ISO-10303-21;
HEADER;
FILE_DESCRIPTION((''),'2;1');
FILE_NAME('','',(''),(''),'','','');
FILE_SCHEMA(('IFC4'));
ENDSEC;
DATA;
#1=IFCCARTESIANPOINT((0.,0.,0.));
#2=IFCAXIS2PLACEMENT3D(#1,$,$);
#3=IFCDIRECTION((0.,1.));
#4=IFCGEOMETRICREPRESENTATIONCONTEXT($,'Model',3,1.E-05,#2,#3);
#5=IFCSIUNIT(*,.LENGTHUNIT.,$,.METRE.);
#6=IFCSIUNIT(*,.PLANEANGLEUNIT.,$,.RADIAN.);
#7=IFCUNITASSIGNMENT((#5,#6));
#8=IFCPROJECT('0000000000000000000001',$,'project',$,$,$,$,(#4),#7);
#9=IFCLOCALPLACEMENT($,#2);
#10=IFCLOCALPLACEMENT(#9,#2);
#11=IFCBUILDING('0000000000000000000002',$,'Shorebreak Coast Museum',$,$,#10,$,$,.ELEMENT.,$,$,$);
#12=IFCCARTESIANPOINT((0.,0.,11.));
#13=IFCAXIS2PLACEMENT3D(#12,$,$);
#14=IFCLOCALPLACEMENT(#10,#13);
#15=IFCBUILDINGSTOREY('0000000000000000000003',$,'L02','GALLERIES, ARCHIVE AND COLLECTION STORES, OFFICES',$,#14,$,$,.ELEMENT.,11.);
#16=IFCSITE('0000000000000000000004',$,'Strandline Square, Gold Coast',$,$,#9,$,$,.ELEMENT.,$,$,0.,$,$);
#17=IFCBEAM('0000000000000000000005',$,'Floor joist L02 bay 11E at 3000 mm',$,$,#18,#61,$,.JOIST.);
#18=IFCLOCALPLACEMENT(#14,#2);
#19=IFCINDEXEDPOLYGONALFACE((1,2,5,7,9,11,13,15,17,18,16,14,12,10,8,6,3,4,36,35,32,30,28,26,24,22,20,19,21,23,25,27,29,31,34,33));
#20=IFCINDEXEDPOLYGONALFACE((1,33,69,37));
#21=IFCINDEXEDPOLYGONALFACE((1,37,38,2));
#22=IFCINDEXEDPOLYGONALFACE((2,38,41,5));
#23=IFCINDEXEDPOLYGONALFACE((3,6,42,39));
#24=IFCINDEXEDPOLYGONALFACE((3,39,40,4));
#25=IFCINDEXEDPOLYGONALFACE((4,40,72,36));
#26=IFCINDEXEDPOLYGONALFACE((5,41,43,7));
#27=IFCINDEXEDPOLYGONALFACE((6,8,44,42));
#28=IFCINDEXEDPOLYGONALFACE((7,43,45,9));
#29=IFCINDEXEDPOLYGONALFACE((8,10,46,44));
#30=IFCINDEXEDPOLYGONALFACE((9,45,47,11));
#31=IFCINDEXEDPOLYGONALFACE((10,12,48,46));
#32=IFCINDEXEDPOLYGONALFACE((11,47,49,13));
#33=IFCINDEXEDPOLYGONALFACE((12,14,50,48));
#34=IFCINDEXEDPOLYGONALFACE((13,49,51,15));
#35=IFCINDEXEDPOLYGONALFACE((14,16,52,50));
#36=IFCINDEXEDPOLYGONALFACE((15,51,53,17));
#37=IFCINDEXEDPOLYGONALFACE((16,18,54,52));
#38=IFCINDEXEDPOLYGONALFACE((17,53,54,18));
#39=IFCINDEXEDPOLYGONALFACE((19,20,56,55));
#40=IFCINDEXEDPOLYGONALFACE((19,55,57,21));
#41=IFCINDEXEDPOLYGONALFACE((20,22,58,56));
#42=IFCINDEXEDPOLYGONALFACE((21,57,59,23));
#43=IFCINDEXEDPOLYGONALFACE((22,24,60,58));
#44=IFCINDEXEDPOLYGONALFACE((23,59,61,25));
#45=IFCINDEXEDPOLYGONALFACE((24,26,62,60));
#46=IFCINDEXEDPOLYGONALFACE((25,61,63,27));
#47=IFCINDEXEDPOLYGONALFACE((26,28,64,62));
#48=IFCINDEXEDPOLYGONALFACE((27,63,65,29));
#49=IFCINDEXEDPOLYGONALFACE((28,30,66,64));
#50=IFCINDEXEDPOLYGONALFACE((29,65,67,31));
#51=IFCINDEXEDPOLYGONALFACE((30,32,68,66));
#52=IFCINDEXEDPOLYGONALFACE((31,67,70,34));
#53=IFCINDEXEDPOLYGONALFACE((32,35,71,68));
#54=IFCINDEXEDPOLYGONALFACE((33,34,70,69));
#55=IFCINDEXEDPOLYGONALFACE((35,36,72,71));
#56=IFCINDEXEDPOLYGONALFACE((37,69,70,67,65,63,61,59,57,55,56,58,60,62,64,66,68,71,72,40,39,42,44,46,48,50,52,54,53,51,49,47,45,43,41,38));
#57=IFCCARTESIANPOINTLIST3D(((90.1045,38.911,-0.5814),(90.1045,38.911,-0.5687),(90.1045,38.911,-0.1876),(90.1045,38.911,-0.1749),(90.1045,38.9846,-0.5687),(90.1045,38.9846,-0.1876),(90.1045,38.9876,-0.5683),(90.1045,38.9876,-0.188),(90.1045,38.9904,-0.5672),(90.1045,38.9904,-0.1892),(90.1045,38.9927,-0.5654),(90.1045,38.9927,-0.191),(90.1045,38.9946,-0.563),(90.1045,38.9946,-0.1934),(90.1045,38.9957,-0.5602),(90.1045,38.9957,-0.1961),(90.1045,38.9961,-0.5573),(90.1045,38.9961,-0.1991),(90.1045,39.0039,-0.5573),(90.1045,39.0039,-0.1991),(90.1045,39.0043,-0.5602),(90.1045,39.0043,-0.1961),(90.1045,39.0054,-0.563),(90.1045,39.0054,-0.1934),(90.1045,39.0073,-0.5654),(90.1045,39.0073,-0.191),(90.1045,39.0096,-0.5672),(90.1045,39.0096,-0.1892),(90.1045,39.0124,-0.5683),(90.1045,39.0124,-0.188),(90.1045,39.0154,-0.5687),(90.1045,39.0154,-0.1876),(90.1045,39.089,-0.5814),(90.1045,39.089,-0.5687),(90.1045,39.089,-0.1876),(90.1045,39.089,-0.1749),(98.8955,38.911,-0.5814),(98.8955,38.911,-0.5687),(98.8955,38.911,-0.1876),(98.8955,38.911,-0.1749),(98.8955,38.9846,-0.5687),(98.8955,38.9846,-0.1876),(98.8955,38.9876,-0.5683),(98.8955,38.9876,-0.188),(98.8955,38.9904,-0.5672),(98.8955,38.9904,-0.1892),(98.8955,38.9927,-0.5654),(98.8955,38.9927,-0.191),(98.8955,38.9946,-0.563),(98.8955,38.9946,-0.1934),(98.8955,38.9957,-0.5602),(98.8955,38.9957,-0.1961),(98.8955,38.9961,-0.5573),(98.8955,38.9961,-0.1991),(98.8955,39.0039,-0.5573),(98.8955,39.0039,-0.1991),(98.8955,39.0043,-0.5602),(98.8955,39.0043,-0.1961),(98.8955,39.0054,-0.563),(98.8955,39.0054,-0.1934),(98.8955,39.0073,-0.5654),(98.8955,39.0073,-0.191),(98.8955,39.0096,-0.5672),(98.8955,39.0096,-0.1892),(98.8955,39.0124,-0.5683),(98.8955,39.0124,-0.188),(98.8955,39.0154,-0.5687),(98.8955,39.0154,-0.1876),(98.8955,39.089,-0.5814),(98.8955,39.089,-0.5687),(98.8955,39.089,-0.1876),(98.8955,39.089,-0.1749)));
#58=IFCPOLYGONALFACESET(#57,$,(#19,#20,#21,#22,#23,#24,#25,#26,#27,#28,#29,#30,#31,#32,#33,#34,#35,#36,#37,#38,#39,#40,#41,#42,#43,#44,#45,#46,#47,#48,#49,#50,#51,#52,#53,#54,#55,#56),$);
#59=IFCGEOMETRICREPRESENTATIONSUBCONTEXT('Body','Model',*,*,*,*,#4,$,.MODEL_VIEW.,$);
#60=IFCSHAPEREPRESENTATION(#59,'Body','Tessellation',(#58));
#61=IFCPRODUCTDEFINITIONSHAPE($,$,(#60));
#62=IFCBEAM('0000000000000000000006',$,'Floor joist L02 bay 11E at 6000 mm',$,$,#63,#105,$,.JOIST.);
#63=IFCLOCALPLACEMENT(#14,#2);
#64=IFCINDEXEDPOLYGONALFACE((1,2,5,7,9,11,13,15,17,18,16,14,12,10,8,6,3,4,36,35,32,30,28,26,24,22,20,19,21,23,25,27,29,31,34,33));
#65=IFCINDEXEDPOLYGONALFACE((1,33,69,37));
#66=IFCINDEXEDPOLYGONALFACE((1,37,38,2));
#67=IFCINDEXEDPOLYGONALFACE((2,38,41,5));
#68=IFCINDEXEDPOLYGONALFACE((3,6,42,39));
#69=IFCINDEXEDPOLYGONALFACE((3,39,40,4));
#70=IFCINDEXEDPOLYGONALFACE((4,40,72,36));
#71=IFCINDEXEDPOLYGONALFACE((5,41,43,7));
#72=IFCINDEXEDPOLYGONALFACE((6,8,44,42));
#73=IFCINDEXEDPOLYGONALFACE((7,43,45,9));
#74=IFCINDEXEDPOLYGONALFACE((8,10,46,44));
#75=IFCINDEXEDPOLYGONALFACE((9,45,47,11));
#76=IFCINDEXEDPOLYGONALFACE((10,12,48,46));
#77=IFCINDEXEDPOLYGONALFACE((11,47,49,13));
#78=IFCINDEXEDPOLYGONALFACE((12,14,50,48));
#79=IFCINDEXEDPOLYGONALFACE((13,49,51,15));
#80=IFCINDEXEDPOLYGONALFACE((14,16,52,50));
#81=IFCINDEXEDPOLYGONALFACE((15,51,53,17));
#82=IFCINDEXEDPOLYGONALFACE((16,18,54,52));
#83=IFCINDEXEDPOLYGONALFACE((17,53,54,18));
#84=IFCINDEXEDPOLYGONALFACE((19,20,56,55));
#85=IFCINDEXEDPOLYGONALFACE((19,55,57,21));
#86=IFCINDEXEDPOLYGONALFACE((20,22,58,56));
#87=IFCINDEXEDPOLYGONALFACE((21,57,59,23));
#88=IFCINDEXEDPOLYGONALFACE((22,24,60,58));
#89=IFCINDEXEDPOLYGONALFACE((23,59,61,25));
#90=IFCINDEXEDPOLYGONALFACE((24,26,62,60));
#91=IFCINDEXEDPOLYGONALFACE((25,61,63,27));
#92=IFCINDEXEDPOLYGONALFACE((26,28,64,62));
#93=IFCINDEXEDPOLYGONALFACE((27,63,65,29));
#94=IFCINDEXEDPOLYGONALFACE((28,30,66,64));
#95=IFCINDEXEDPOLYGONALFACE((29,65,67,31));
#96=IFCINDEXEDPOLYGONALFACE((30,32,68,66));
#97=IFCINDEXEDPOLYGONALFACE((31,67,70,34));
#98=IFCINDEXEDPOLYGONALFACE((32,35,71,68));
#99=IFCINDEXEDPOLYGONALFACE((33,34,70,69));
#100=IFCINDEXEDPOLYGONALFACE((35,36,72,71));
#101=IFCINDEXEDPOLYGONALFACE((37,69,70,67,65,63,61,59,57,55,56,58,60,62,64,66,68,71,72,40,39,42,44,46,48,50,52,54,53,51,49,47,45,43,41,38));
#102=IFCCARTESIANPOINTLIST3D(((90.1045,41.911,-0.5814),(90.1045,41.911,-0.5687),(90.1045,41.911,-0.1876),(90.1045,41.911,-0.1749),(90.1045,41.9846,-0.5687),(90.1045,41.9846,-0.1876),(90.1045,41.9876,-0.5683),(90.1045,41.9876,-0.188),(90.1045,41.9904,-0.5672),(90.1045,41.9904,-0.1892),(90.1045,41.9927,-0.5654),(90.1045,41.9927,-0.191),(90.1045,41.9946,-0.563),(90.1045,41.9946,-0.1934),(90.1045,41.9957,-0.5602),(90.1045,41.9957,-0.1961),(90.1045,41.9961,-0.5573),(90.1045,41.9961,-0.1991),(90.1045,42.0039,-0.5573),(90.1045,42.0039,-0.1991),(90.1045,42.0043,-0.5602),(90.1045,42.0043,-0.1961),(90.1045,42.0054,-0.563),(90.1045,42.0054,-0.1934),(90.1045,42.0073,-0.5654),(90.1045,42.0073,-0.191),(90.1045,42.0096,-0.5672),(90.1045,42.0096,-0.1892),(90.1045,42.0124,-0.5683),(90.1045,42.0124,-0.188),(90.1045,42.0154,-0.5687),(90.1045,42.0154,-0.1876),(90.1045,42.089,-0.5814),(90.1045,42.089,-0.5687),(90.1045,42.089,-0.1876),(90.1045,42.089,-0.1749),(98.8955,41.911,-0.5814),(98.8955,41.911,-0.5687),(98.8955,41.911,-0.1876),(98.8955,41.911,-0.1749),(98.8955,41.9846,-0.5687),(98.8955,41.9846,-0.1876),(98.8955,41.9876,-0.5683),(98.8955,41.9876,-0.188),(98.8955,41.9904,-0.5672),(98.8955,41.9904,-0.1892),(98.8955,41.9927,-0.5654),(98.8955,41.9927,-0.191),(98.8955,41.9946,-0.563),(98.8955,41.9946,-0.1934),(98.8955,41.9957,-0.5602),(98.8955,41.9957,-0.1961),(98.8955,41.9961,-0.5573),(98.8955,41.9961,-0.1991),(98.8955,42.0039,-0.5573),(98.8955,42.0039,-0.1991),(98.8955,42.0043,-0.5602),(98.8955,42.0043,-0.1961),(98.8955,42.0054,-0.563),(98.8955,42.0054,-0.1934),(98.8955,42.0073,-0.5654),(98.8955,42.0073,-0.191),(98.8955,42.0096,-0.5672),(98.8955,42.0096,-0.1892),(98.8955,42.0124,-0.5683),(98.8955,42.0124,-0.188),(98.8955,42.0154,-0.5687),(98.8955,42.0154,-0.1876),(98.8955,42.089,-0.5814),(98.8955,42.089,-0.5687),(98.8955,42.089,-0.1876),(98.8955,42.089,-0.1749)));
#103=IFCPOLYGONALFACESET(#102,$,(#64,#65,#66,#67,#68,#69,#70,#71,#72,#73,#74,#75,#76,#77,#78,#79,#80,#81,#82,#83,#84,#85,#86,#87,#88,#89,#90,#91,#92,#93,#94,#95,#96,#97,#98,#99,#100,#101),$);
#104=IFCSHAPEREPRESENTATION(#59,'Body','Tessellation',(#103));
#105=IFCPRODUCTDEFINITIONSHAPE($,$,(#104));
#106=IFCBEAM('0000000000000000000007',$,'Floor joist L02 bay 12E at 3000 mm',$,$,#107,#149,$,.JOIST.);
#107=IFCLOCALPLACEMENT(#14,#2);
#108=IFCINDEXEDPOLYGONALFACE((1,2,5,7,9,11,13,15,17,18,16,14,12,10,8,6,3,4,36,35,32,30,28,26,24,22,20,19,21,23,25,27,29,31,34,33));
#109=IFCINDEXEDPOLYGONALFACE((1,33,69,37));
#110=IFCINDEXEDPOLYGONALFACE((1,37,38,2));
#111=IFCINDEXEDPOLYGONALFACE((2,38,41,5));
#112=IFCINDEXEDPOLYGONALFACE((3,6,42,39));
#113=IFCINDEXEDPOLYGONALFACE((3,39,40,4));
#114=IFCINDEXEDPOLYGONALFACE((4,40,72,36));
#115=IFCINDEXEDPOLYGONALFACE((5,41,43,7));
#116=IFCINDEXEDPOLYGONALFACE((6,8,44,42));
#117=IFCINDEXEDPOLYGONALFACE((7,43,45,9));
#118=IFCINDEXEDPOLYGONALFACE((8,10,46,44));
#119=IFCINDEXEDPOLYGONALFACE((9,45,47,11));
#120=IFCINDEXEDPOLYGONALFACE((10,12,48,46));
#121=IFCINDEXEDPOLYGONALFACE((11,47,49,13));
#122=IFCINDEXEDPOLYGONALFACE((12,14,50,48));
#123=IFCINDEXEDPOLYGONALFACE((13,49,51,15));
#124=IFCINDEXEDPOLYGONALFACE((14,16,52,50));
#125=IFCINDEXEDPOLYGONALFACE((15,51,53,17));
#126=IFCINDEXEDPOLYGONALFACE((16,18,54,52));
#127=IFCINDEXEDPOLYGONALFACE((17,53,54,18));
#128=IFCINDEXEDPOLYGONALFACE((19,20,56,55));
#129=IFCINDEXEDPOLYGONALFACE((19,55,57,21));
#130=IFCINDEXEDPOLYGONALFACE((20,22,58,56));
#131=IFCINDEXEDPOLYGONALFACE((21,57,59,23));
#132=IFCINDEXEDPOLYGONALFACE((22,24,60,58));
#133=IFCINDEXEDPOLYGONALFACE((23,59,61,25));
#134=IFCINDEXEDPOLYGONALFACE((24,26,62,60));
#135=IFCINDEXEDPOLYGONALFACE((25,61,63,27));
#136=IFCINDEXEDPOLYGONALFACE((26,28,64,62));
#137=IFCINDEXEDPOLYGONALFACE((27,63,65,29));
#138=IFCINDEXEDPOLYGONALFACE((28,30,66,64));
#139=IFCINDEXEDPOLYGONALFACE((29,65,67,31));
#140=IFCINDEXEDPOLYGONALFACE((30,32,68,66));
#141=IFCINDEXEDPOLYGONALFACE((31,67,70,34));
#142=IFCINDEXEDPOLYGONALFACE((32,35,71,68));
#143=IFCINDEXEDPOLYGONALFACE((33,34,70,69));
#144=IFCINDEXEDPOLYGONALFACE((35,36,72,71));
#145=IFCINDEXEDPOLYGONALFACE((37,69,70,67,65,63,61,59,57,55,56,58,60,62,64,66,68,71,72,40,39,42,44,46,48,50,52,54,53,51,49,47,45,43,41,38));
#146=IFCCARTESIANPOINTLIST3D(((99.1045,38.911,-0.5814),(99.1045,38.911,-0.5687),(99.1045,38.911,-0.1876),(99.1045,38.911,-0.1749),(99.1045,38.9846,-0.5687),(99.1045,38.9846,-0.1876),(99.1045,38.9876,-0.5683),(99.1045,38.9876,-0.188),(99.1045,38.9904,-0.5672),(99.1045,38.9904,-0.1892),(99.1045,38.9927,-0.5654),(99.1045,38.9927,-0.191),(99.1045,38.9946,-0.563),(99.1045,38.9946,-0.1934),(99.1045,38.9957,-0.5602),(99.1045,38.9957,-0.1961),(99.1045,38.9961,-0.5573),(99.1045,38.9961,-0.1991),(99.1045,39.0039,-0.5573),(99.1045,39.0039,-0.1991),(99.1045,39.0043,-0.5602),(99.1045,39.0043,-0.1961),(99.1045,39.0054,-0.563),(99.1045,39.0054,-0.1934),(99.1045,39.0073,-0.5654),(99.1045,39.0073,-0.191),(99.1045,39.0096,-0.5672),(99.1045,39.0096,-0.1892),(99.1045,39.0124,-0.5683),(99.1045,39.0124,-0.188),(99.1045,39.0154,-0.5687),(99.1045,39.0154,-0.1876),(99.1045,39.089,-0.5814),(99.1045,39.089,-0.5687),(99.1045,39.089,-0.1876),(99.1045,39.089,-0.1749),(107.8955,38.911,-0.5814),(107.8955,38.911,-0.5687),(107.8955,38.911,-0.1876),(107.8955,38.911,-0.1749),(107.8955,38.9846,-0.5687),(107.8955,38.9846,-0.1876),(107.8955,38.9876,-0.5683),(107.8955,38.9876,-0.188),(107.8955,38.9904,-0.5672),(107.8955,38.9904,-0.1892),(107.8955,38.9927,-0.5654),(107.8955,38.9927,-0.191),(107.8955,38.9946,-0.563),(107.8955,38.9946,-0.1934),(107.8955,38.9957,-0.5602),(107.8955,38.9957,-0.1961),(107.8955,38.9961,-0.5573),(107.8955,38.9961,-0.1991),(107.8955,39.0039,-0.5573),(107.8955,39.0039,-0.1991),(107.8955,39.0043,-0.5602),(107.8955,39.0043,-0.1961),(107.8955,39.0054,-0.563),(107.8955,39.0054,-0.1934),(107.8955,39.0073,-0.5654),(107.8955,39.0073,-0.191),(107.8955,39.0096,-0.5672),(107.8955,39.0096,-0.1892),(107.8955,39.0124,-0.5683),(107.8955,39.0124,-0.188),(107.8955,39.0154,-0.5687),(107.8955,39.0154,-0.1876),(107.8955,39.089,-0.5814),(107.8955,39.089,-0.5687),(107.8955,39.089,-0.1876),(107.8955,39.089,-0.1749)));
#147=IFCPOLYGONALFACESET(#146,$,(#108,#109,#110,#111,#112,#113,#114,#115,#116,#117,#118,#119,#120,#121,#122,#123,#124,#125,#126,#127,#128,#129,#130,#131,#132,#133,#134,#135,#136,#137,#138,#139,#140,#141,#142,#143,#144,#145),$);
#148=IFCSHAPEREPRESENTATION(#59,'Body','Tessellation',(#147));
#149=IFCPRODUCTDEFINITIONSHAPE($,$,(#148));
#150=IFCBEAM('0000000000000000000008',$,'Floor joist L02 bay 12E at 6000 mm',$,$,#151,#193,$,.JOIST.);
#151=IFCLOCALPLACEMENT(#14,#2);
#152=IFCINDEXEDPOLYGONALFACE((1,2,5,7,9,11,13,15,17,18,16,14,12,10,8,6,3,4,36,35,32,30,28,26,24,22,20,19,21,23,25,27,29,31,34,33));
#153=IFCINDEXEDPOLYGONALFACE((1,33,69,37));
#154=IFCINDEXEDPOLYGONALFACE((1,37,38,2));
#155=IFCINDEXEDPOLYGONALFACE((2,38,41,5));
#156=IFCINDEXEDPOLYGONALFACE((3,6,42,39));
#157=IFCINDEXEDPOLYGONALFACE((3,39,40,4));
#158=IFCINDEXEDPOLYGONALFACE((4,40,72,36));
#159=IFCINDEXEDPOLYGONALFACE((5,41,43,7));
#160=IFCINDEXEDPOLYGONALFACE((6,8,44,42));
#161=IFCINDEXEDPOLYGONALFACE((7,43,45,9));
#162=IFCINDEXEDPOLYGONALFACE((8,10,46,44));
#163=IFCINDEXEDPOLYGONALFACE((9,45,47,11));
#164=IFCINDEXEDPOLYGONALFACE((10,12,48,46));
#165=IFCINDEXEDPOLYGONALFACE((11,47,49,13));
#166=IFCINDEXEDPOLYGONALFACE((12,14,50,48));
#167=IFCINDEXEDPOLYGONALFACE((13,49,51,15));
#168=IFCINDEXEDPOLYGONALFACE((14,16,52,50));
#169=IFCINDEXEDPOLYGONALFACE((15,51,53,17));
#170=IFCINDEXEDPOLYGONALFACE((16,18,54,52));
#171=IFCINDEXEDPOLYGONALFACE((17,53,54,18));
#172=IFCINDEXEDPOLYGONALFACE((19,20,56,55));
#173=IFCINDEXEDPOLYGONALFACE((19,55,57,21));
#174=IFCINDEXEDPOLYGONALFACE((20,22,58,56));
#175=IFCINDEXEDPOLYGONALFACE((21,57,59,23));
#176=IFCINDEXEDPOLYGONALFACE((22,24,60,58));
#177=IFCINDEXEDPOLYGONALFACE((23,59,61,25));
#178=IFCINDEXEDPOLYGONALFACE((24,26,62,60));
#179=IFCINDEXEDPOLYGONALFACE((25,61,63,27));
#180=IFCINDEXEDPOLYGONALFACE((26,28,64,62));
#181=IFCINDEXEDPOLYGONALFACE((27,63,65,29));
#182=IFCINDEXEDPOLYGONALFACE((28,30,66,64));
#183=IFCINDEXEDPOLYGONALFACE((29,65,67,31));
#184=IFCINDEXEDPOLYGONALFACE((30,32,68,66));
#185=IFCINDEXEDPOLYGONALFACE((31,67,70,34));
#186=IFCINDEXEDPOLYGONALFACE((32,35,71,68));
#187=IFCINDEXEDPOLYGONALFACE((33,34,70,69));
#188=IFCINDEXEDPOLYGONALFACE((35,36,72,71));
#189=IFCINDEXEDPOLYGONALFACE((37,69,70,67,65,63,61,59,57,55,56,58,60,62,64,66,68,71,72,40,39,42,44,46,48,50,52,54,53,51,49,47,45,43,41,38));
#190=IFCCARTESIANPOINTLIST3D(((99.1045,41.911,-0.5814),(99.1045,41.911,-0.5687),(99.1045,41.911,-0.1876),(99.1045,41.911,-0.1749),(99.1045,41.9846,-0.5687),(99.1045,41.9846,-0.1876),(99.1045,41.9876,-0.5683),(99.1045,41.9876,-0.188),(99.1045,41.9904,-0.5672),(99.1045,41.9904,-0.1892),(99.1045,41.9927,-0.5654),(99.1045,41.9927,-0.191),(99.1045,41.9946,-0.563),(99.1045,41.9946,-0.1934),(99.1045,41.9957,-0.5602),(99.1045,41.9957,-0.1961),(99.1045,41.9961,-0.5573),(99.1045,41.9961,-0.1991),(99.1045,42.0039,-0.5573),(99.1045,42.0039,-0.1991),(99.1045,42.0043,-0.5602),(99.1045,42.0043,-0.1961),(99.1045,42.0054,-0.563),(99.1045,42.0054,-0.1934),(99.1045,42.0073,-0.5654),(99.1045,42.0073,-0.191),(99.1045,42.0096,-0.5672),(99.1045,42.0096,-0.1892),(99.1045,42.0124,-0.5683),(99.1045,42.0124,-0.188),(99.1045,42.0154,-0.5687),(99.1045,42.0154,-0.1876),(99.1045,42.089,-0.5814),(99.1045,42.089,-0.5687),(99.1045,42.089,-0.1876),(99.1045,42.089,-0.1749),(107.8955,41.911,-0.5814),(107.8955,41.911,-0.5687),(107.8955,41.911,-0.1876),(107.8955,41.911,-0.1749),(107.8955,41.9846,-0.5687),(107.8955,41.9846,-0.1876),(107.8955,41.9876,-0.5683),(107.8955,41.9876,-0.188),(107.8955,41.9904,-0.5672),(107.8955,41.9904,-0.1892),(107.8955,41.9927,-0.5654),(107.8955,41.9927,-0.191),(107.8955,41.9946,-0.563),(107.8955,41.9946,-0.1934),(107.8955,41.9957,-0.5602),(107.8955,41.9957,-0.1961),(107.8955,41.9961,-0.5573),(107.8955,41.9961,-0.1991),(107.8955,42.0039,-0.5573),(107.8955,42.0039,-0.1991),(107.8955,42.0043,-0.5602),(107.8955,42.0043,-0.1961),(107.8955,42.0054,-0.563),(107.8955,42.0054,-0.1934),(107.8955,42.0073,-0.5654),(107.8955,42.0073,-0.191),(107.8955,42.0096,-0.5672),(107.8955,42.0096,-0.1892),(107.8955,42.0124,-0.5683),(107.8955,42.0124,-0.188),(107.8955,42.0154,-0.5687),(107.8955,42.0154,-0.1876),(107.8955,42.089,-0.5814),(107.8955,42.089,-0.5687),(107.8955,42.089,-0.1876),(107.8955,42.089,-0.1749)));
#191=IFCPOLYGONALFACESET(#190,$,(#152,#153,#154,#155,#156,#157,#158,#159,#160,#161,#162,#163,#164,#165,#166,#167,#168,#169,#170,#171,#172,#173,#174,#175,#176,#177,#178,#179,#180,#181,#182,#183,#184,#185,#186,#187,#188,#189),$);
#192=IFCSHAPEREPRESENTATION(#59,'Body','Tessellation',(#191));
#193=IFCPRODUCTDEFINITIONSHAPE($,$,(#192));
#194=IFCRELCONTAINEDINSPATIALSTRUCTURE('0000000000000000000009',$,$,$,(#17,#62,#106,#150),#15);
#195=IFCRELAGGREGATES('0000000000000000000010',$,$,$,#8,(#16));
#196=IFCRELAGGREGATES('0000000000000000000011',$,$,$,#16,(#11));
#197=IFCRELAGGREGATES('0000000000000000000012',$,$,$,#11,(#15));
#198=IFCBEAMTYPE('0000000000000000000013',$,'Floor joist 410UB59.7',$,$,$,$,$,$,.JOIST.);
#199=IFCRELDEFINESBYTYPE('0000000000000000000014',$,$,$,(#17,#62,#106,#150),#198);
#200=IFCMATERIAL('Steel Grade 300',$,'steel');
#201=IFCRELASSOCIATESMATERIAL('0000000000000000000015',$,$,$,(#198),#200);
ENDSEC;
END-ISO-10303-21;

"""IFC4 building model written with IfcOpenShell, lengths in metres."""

from ifc_helpers import new_model, si_unit, direction, frame, origin, origin_2d, place, context, subcontext, project, spatial, i_section, extrude, material, material_profile, profile_set, type_object, element, save


model = new_model("IFC4")

# Units and contexts
model_context = context("Model", 3, precision=1e-05, world=origin(), true_north=direction((0.0, 1.0)))
body_context = subcontext(model_context, "Body", "Model", "MODEL_VIEW")
ifc_project = project(units=[si_unit("LENGTHUNIT", "METRE"), si_unit("PLANEANGLEUNIT", "RADIAN")], contexts=[model_context])

# Site, building, storey
site_placement = place(None, origin())
site = spatial("IfcSite", under=ifc_project, at=site_placement, Name="Strandline Square, Gold Coast", CompositionType="ELEMENT", RefElevation=0.0)
building_placement = place(site_placement, origin())
building = spatial("IfcBuilding", under=site, at=building_placement, Name="Shorebreak Coast Museum", CompositionType="ELEMENT")
storey_placement = place(building_placement, frame((0.0, 0.0, 11.0)))
storey = spatial("IfcBuildingStorey", under=building, at=storey_placement, Name="L02", Description="GALLERIES, ARCHIVE AND COLLECTION STORES, OFFICES", CompositionType="ELEMENT", Elevation=11.0)

# Beams
ifc_material_1 = material(Name="Steel Grade 300", Category="steel")
ifc_material_profile_1 = material_profile(ifc_material_1, i_section(OverallWidth=0.178, OverallDepth=0.4065, WebThickness=0.0078, FlangeThickness=0.0127, FilletRadius=0.0115, at=origin_2d()), Name="410UB59.7")
ifc_profile_set_1 = profile_set([ifc_material_profile_1], Name="Steel Grade 300")
beam_type_1 = type_object("IfcBeamType", Name="Floor joist 410UB59.7", PredefinedType="JOIST", material=ifc_profile_set_1)
for number, where, z_axis, x_axis, name in (
    (1, (90.1045, 39.0, -0.3782), (1.0, 0.0, 0.0), (0.0, 1.0, 0.0), "Floor joist L02 bay 11E at 3000 mm"),
    (2, (90.1045, 42.0, -0.3782), (1.0, 0.0, 0.0), (0.0, 1.0, 0.0), "Floor joist L02 bay 11E at 6000 mm"),
    (3, (99.1045, 39.0, -0.3782), (1.0, 0.0, 0.0), (0.0, 1.0, 0.0), "Floor joist L02 bay 12E at 3000 mm"),
    (4, (99.1045, 42.0, -0.3782), (1.0, 0.0, 0.0), (0.0, 1.0, 0.0), "Floor joist L02 bay 12E at 6000 mm"),
):
    element("IfcBeam", number, at=place(storey_placement, frame(where, z_axis=z_axis, x_axis=x_axis)), inside=storey, type_object=beam_type_1, Name=name, PredefinedType="JOIST", context=body_context, shape_type="SweptSolid", body=[
        extrude(i_section(OverallWidth=0.178, OverallDepth=0.4065, WebThickness=0.0078, FlangeThickness=0.0127, FilletRadius=0.0115, at=origin_2d()), origin(), (0.0, 0.0, 1.0), 8.791),
    ])

save(model, "model.ifc")
